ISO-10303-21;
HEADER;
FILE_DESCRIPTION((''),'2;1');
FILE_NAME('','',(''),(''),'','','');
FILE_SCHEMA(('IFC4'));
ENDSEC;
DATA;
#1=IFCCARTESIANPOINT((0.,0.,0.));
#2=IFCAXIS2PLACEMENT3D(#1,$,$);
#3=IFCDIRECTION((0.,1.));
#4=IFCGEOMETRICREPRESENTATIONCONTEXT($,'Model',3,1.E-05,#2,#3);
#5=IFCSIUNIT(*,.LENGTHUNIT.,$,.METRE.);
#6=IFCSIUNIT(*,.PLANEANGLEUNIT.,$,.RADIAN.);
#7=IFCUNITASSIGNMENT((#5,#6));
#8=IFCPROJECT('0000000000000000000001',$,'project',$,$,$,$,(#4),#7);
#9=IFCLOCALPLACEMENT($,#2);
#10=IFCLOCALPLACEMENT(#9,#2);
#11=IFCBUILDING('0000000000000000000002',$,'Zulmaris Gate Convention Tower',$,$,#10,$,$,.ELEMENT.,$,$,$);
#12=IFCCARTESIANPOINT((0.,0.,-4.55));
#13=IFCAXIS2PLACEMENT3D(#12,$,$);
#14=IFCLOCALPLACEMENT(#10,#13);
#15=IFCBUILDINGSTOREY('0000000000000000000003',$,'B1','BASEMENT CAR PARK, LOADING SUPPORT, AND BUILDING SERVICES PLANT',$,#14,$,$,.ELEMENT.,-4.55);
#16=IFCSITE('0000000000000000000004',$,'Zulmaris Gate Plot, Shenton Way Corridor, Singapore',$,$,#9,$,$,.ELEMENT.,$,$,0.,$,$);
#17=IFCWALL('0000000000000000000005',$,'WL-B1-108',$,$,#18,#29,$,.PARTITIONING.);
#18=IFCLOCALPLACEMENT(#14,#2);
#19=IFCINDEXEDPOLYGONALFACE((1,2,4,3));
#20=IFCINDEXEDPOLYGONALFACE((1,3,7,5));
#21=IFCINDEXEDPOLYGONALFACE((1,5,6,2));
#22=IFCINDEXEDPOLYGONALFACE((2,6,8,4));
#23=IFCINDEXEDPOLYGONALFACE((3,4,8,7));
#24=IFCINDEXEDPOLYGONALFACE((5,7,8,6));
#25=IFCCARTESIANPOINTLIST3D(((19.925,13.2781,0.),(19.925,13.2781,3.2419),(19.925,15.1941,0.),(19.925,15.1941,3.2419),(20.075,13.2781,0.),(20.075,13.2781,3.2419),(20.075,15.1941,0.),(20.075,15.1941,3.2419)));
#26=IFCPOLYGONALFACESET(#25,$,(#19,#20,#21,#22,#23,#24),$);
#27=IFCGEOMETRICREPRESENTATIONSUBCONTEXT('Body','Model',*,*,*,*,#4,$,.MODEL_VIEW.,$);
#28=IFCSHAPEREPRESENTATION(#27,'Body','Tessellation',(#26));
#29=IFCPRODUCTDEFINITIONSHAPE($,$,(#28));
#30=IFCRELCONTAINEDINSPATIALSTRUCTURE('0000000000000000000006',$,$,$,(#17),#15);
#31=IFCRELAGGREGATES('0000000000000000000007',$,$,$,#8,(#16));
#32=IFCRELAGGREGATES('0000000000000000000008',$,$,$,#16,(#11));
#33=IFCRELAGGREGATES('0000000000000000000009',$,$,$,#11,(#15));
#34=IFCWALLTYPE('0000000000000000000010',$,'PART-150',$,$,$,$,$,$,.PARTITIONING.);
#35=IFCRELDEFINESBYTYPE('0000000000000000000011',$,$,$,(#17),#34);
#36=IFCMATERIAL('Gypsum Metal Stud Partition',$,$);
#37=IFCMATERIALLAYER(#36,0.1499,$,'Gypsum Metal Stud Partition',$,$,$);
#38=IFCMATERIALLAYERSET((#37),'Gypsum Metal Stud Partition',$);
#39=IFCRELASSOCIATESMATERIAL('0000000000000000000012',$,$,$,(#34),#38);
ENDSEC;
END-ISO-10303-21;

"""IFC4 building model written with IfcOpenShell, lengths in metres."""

from ifc_helpers import new_model, si_unit, direction, frame, frame_2d, origin, place, context, subcontext, project, spatial, rectangle, extrude, material, layer, layer_set, type_object, element, save


model = new_model("IFC4")

# Units and contexts
model_context = context("Model", 3, precision=1e-05, world=origin(), true_north=direction((0.0, 1.0)))
body_context = subcontext(model_context, "Body", "Model", "MODEL_VIEW")
ifc_project = project(units=[si_unit("LENGTHUNIT", "METRE"), si_unit("PLANEANGLEUNIT", "RADIAN")], contexts=[model_context])

# Site, building, storey
site_placement = place(None, origin())
site = spatial("IfcSite", under=ifc_project, at=site_placement, Name="Zulmaris Gate Plot, Shenton Way Corridor, Singapore", CompositionType="ELEMENT", RefElevation=0.0)
building_placement = place(site_placement, origin())
building = spatial("IfcBuilding", under=site, at=building_placement, Name="Zulmaris Gate Convention Tower", CompositionType="ELEMENT")
storey_placement = place(building_placement, frame((0.0, 0.0, -4.55)))
storey = spatial("IfcBuildingStorey", under=building, at=storey_placement, Name="B1", Description="BASEMENT CAR PARK, LOADING SUPPORT, AND BUILDING SERVICES PLANT", CompositionType="ELEMENT", Elevation=-4.55)

# Shared definitions
ifc_material_1 = material(Name="Gypsum Metal Stud Partition")
ifc_layer_1 = layer(ifc_material_1, 0.1499, Name="Gypsum Metal Stud Partition")
ifc_layer_set_1 = layer_set([ifc_layer_1], Name="Gypsum Metal Stud Partition")
wall_type_1 = type_object("IfcWallType", Name="PART-150", PredefinedType="PARTITIONING", material=ifc_layer_set_1)

# Wall
wall_1_placement = place(storey_placement, frame((20.0, 13.2781, 0.0), z_axis=(0.0, 0.0, 1.0), x_axis=(0.0, 1.0, 0.0)))
element("IfcWall", 1, at=wall_1_placement, inside=storey, type_object=wall_type_1, Name="WL-B1-108", PredefinedType="PARTITIONING", context=body_context, shape_type="SweptSolid", body=[
    extrude(rectangle(XDim=1.916, YDim=0.1499, at=frame_2d((0.958, 0.0))), origin(), (0.0, 0.0, 1.0), 3.2419),
])

save(model, "model.ifc")
